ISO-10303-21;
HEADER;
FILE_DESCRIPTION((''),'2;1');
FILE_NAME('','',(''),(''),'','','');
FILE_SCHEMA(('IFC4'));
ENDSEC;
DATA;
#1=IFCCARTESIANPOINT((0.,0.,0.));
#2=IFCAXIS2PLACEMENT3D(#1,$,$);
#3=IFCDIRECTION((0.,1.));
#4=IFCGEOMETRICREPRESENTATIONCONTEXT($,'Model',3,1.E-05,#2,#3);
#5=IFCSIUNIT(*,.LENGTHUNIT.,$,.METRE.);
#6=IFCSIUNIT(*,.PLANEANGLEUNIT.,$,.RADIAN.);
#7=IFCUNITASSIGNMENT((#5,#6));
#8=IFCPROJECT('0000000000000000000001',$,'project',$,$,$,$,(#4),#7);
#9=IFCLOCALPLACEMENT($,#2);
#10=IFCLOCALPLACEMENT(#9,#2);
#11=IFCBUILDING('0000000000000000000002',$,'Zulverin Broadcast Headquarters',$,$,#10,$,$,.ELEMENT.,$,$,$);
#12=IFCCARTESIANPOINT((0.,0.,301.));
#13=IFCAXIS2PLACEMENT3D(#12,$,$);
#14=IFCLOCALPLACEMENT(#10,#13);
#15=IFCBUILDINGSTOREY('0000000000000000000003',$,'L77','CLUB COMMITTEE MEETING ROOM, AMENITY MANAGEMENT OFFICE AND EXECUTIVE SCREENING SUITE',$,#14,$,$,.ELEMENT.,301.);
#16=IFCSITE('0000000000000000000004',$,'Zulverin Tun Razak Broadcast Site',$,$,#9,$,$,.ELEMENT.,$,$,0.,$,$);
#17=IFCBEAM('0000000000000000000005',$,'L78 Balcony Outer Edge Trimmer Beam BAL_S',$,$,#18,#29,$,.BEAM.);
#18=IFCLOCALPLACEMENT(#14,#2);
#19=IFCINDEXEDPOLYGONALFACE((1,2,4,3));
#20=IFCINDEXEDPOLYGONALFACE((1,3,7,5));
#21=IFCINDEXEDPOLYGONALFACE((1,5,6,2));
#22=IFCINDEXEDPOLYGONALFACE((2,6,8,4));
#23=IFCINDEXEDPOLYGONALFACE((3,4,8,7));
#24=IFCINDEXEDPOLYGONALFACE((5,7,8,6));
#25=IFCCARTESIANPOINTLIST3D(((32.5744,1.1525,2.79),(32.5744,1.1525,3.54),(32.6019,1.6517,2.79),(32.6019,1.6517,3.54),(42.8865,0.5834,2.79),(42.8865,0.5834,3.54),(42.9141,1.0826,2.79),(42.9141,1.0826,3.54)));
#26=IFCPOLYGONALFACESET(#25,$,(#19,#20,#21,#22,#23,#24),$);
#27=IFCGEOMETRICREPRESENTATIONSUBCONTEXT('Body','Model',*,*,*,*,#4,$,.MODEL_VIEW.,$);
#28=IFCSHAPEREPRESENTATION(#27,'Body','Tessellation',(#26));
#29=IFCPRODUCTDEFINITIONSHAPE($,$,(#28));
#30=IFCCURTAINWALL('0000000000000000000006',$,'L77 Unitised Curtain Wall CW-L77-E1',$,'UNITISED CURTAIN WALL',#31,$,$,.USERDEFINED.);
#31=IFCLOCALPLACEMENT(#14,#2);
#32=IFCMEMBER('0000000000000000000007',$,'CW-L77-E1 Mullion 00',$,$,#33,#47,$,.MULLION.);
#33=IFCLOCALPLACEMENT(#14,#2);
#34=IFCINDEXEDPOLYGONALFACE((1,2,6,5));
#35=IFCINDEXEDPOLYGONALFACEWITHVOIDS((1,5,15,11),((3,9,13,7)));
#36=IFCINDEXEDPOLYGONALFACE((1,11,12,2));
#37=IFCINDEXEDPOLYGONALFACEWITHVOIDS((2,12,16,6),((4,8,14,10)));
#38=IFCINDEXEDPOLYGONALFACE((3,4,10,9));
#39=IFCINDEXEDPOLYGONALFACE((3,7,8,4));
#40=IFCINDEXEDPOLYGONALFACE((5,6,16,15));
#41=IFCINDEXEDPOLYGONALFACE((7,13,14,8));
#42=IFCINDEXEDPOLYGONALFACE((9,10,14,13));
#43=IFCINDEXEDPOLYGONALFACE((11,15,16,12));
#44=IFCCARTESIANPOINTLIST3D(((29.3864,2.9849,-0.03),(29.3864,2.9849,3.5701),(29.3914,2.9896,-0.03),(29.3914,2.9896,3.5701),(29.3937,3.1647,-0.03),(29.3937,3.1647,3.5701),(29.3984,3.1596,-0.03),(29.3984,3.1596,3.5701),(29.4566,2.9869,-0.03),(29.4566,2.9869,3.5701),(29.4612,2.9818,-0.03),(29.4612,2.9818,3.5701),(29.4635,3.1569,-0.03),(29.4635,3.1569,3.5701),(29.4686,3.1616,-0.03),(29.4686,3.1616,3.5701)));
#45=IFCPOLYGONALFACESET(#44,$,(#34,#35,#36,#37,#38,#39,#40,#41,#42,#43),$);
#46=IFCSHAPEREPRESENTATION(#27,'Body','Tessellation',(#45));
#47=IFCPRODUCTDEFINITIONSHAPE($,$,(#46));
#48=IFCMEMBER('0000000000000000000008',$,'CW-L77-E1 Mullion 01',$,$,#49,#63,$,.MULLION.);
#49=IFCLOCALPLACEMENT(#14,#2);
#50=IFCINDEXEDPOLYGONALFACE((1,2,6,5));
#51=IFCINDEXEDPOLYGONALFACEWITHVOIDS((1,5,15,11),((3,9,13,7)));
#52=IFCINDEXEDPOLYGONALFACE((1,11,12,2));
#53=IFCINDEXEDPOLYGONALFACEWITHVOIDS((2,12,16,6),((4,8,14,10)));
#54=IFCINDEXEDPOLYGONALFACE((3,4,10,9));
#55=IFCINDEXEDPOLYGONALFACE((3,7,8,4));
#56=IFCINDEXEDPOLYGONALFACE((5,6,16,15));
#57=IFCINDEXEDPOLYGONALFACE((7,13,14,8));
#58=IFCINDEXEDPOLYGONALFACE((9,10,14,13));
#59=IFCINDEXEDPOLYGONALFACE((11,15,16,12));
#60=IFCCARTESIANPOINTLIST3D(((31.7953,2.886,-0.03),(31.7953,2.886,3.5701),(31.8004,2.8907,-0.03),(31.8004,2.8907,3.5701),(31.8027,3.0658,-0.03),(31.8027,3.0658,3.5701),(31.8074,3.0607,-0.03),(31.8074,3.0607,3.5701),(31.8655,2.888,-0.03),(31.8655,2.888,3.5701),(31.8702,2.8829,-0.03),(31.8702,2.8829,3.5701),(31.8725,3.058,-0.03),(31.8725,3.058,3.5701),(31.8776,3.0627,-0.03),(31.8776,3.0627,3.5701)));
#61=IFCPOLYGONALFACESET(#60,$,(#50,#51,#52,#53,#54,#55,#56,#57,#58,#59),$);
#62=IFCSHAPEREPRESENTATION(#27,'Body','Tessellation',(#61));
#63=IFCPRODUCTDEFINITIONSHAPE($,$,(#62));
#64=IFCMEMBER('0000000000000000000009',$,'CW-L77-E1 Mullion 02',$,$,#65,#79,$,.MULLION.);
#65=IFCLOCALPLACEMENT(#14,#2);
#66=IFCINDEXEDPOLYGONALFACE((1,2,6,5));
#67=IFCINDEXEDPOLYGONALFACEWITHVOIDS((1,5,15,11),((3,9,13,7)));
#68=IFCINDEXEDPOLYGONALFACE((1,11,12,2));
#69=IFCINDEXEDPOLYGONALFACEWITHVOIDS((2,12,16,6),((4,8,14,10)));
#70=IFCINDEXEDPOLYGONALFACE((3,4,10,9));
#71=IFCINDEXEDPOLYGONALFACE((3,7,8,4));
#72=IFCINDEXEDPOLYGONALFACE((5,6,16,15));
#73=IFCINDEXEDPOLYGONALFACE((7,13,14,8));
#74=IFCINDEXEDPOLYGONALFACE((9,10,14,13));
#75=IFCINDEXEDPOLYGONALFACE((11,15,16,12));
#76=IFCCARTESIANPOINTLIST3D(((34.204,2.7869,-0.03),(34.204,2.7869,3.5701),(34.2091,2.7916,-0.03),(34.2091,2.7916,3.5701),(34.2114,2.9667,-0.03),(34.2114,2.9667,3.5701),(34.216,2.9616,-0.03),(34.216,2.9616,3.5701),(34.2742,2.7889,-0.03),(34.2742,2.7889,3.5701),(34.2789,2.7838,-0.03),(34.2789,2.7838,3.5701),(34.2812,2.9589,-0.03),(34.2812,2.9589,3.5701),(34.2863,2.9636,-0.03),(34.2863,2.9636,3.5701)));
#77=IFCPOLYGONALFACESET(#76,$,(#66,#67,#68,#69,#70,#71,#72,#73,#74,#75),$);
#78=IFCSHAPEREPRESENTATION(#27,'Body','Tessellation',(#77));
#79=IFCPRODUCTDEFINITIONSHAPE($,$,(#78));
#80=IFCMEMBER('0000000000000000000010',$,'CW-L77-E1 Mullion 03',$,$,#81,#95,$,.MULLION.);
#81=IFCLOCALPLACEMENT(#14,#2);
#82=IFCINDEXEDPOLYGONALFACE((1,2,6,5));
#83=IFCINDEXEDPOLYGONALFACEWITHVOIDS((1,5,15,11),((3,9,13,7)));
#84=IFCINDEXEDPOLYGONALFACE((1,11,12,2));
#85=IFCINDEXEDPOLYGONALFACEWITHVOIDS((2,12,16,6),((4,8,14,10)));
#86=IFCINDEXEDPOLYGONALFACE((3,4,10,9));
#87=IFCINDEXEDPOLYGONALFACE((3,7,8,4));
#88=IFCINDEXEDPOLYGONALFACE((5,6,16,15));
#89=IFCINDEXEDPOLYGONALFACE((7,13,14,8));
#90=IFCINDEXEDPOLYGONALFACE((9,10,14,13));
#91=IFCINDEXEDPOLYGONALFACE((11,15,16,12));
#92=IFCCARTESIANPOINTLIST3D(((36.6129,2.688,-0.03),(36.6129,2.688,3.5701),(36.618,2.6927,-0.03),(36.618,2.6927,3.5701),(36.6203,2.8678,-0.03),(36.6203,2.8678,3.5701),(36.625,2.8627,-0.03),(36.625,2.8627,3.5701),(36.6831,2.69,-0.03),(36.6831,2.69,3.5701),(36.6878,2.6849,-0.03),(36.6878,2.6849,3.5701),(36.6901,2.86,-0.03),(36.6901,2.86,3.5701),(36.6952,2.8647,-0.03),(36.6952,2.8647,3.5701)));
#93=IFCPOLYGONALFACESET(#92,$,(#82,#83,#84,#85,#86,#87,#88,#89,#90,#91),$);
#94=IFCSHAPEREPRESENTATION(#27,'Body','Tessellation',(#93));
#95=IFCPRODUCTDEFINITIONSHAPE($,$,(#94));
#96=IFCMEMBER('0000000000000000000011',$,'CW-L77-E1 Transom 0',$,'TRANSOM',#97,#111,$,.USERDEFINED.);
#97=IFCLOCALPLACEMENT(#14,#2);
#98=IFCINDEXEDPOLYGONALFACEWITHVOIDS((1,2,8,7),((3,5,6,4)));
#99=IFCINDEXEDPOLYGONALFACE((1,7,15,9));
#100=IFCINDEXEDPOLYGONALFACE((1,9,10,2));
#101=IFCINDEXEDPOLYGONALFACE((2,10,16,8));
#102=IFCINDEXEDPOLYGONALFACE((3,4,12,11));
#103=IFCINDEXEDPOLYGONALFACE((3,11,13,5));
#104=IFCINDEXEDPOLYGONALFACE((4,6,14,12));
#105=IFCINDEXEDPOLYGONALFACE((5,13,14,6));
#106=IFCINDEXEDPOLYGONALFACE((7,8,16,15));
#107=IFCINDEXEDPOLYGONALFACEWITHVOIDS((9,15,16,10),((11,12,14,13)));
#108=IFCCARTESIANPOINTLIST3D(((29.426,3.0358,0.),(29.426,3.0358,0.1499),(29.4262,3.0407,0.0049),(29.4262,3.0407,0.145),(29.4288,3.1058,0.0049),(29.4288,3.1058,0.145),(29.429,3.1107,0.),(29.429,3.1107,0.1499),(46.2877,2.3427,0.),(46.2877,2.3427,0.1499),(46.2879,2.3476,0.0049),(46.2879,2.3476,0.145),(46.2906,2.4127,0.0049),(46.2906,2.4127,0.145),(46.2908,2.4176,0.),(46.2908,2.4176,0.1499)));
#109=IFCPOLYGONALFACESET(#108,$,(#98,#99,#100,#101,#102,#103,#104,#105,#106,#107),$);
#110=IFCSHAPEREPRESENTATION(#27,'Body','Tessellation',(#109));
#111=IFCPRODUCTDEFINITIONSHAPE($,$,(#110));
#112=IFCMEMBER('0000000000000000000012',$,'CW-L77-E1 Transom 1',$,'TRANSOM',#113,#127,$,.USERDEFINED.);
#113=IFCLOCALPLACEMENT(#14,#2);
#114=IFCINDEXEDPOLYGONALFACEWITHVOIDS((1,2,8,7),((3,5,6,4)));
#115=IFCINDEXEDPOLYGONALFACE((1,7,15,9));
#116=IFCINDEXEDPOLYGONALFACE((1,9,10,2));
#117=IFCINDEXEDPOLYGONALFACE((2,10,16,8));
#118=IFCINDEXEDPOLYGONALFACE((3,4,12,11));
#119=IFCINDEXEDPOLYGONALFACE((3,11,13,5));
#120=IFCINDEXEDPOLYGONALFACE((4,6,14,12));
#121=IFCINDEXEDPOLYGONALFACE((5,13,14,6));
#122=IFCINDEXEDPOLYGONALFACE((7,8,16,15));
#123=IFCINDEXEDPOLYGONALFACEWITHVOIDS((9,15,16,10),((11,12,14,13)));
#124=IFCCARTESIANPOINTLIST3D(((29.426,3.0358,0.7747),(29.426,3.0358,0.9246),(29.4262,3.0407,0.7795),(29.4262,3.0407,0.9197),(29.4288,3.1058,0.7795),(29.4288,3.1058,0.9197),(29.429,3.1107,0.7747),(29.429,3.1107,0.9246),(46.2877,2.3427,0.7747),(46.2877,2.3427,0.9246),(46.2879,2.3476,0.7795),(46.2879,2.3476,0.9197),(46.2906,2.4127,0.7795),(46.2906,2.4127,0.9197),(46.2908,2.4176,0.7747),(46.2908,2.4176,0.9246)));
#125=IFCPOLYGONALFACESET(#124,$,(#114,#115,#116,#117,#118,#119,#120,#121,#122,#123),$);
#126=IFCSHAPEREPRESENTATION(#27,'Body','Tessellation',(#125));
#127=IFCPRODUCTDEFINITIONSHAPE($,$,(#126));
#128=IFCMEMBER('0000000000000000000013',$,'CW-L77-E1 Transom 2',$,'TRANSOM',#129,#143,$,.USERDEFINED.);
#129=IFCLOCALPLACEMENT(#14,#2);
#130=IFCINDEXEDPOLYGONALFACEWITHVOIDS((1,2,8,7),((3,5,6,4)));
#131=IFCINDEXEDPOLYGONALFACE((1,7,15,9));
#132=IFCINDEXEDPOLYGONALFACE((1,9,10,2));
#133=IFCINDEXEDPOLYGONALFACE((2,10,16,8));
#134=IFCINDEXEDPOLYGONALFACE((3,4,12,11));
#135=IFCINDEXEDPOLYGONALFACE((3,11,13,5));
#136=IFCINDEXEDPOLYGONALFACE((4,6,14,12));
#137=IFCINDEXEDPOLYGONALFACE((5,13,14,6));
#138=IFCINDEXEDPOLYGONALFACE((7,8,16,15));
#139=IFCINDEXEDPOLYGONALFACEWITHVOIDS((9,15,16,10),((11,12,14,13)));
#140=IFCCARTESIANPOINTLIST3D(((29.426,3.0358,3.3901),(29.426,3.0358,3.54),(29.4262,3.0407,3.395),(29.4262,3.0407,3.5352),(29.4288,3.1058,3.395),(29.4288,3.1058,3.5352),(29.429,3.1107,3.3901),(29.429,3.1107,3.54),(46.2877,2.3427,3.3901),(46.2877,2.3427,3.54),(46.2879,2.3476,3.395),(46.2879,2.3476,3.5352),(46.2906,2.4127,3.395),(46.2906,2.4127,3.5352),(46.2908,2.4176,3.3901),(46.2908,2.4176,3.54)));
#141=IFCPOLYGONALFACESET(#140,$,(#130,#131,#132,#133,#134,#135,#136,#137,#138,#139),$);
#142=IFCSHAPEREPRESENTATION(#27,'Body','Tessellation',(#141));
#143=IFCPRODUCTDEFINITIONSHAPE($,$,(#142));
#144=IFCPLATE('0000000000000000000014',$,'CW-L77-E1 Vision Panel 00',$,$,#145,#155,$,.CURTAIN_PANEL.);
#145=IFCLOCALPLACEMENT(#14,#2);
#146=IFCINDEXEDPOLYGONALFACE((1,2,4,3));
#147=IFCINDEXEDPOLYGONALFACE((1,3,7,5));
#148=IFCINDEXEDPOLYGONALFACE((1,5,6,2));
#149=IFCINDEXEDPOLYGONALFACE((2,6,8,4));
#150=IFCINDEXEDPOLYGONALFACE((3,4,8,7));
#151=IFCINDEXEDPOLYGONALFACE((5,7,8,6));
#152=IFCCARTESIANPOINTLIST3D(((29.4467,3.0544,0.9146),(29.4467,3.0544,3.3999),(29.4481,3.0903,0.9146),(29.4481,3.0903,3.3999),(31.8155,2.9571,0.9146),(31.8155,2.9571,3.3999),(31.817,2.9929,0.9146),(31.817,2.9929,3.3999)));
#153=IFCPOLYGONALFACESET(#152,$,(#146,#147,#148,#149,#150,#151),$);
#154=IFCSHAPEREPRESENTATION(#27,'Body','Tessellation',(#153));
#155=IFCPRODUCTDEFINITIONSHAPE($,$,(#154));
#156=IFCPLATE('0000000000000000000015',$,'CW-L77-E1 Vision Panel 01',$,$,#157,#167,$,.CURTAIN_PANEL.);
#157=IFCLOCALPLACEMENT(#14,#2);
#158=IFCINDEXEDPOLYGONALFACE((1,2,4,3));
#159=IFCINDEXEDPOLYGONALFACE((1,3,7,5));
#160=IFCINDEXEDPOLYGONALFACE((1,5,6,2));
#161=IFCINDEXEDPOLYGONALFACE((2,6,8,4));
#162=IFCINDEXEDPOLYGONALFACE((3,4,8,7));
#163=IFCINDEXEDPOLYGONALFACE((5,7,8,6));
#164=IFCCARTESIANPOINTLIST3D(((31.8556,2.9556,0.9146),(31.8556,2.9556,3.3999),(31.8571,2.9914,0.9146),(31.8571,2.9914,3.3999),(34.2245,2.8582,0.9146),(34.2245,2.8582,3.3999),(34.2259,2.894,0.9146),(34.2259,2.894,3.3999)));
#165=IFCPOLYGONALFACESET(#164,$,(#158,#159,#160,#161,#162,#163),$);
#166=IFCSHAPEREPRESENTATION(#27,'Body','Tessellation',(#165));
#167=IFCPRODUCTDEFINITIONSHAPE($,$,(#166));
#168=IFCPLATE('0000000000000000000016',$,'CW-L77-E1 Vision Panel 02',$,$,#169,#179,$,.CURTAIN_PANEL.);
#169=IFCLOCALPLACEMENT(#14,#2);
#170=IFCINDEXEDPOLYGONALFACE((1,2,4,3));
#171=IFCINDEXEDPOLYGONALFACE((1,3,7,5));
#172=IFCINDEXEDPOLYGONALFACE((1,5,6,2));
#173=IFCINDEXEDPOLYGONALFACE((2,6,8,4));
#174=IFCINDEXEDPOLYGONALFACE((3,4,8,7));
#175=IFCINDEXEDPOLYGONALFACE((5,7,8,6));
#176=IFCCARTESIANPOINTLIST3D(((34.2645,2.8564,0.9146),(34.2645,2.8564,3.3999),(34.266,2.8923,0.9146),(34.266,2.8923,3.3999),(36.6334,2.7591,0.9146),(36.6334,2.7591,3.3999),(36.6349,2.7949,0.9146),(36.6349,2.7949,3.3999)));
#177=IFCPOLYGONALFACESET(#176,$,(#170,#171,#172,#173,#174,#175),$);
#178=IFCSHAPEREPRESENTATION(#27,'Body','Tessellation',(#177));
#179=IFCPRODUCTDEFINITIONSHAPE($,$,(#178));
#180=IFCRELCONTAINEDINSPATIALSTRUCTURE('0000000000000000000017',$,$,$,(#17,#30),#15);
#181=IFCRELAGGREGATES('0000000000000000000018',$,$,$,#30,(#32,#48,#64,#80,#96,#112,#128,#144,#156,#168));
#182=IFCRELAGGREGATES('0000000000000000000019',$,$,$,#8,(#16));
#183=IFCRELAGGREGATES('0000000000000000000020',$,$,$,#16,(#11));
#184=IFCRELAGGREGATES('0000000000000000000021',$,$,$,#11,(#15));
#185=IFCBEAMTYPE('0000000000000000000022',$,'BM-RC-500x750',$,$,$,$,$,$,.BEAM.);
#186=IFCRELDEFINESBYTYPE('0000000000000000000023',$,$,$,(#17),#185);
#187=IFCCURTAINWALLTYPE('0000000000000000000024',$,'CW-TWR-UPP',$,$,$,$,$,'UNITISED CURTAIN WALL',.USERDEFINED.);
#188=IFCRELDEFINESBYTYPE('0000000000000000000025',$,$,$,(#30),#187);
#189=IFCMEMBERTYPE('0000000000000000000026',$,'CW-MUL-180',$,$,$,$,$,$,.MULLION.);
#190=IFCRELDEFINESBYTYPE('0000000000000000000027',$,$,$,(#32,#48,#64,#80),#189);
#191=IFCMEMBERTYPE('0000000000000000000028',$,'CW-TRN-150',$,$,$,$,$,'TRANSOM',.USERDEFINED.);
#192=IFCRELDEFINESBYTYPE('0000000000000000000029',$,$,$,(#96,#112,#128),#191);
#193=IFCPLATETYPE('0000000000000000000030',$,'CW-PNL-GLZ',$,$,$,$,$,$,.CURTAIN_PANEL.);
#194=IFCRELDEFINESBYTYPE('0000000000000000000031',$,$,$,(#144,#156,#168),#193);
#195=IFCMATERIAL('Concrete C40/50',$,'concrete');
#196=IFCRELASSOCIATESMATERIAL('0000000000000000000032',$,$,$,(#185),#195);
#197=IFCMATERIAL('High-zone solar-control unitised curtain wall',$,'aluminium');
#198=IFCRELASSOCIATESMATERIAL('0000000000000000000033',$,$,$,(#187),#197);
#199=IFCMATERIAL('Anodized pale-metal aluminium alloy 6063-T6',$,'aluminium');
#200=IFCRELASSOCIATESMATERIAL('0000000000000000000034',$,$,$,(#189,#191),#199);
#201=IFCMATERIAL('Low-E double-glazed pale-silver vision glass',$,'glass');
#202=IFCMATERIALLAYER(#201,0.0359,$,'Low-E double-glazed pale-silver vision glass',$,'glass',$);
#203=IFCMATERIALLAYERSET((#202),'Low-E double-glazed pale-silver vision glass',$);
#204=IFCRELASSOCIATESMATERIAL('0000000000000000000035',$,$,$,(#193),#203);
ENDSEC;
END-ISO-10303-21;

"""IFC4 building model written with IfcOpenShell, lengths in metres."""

from ifc_helpers import new_model, si_unit, direction, frame, origin, origin_2d, place, context, subcontext, project, spatial, rectangle, hollow_rectangle, extrude, material, layer, layer_set, material_profile, profile_set, type_object, element, aggregate, save


model = new_model("IFC4")

# Units and contexts
model_context = context("Model", 3, precision=1e-05, world=origin(), true_north=direction((0.0, 1.0)))
body_context = subcontext(model_context, "Body", "Model", "MODEL_VIEW")
ifc_project = project(units=[si_unit("LENGTHUNIT", "METRE"), si_unit("PLANEANGLEUNIT", "RADIAN")], contexts=[model_context])

# Site, building, storey
site_placement = place(None, origin())
site = spatial("IfcSite", under=ifc_project, at=site_placement, Name="Zulverin Tun Razak Broadcast Site", CompositionType="ELEMENT", RefElevation=0.0)
building_placement = place(site_placement, origin())
building = spatial("IfcBuilding", under=site, at=building_placement, Name="Zulverin Broadcast Headquarters", CompositionType="ELEMENT")
storey_placement = place(building_placement, frame((0.0, 0.0, 301.0)))
storey = spatial("IfcBuildingStorey", under=building, at=storey_placement, Name="L77", Description="CLUB COMMITTEE MEETING ROOM, AMENITY MANAGEMENT OFFICE AND EXECUTIVE SCREENING SUITE", CompositionType="ELEMENT", Elevation=301.0)

# Beam
ifc_material_1 = material(Name="Concrete C40/50", Category="concrete")
ifc_material_profile_1 = material_profile(ifc_material_1, rectangle(XDim=0.5, YDim=0.75, at=origin_2d()), Name="Concrete C40/50", Category="concrete")
ifc_profile_set_1 = profile_set([ifc_material_profile_1], Name="Concrete C40/50")
beam_type = type_object("IfcBeamType", Name="BM-RC-500x750", PredefinedType="BEAM", material=ifc_profile_set_1)
beam_placement = place(storey_placement, frame((32.5881, 1.4021, 3.165), z_axis=(0.998481, -0.055102, 0.0), x_axis=(0.055102, 0.998481, 0.0)))
element("IfcBeam", 1, at=beam_placement, inside=storey, type_object=beam_type, Name="L78 Balcony Outer Edge Trimmer Beam BAL_S", PredefinedType="BEAM", context=body_context, shape_type="SweptSolid", body=[
    extrude(rectangle(XDim=0.5, YDim=0.75, at=origin_2d()), origin(), (0.0, 0.0, 1.0), 10.3279),
])

# Curtain wall, members, plates
ifc_material_2 = material(Name="High-zone solar-control unitised curtain wall", Category="aluminium")
curtain_wall_type = type_object("IfcCurtainWallType", Name="CW-TWR-UPP", ElementType="UNITISED CURTAIN WALL", PredefinedType="USERDEFINED", material=ifc_material_2)
curtain_wall_placement = place(storey_placement, origin())
curtain_wall = element("IfcCurtainWall", 2, at=curtain_wall_placement, inside=storey, type_object=curtain_wall_type, Name="L77 Unitised Curtain Wall CW-L77-E1", ObjectType="UNITISED CURTAIN WALL", PredefinedType="USERDEFINED")
ifc_material_3 = material(Name="Anodized pale-metal aluminium alloy 6063-T6", Category="aluminium")
ifc_material_profile_2 = material_profile(ifc_material_3, hollow_rectangle(XDim=0.075, YDim=0.1799, WallThickness=0.0049, at=origin_2d()), Name="Anodized pale-metal aluminium alloy 6063-T6", Category="aluminium")
ifc_profile_set_2 = profile_set([ifc_material_profile_2], Name="Anodized pale-metal aluminium alloy 6063-T6")
member_type_1 = type_object("IfcMemberType", Name="CW-MUL-180", PredefinedType="MULLION", material=ifc_profile_set_2)
member_1_placement = place(storey_placement, frame((29.4275, 3.0732, -0.03), z_axis=(0.0, 0.0, 1.0), x_axis=(0.999156, -0.04107, 0.0)))
member_1 = element("IfcMember", 3, at=member_1_placement, type_object=member_type_1, Name="CW-L77-E1 Mullion 00", PredefinedType="MULLION", context=body_context, shape_type="SweptSolid", body=[
    extrude(hollow_rectangle(XDim=0.075, YDim=0.1799, WallThickness=0.0049, at=origin_2d()), origin(), (0.0, 0.0, 1.0), 3.6001),
])
member_2_placement = place(storey_placement, frame((31.8364, 2.9744, -0.03), z_axis=(0.0, 0.0, 1.0), x_axis=(0.999156, -0.04107, 0.0)))
member_2 = element("IfcMember", 4, at=member_2_placement, type_object=member_type_1, Name="CW-L77-E1 Mullion 01", PredefinedType="MULLION", context=body_context, shape_type="SweptSolid", body=[
    extrude(hollow_rectangle(XDim=0.075, YDim=0.1799, WallThickness=0.0049, at=origin_2d()), origin(), (0.0, 0.0, 1.0), 3.6001),
])
member_3_placement = place(storey_placement, frame((34.2451, 2.8752, -0.03), z_axis=(0.0, 0.0, 1.0), x_axis=(0.999156, -0.04107, 0.0)))
member_3 = element("IfcMember", 5, at=member_3_placement, type_object=member_type_1, Name="CW-L77-E1 Mullion 02", PredefinedType="MULLION", context=body_context, shape_type="SweptSolid", body=[
    extrude(hollow_rectangle(XDim=0.075, YDim=0.1799, WallThickness=0.0049, at=origin_2d()), origin(), (0.0, 0.0, 1.0), 3.6001),
])
member_4_placement = place(storey_placement, frame((36.6541, 2.7764, -0.03), z_axis=(0.0, 0.0, 1.0), x_axis=(0.999156, -0.04107, 0.0)))
member_4 = element("IfcMember", 6, at=member_4_placement, type_object=member_type_1, Name="CW-L77-E1 Mullion 03", PredefinedType="MULLION", context=body_context, shape_type="SweptSolid", body=[
    extrude(hollow_rectangle(XDim=0.075, YDim=0.1799, WallThickness=0.0049, at=origin_2d()), origin(), (0.0, 0.0, 1.0), 3.6001),
])
ifc_material_profile_3 = material_profile(ifc_material_3, hollow_rectangle(XDim=0.075, YDim=0.1499, WallThickness=0.0049, at=origin_2d()), Name="Anodized pale-metal aluminium alloy 6063-T6", Category="aluminium")
ifc_profile_set_3 = profile_set([ifc_material_profile_3], Name="Anodized pale-metal aluminium alloy 6063-T6")
member_type_2 = type_object("IfcMemberType", Name="CW-TRN-150", ElementType="TRANSOM", PredefinedType="USERDEFINED", material=ifc_profile_set_3)
member_5_placement = place(storey_placement, frame((29.4275, 3.0732, 0.075), z_axis=(0.999156, -0.041071, 0.0), x_axis=(0.041071, 0.999156, 0.0)))
member_5 = element("IfcMember", 7, at=member_5_placement, type_object=member_type_2, Name="CW-L77-E1 Transom 0", ObjectType="TRANSOM", PredefinedType="USERDEFINED", context=body_context, shape_type="SweptSolid", body=[
    extrude(hollow_rectangle(XDim=0.075, YDim=0.1499, WallThickness=0.0049, at=origin_2d()), origin(), (0.0, 0.0, 1.0), 16.876),
])
member_6_placement = place(storey_placement, frame((29.4275, 3.0732, 0.8496), z_axis=(0.999156, -0.041071, 0.0), x_axis=(0.041071, 0.999156, 0.0)))
member_6 = element("IfcMember", 8, at=member_6_placement, type_object=member_type_2, Name="CW-L77-E1 Transom 1", ObjectType="TRANSOM", PredefinedType="USERDEFINED", context=body_context, shape_type="SweptSolid", body=[
    extrude(hollow_rectangle(XDim=0.075, YDim=0.1499, WallThickness=0.0049, at=origin_2d()), origin(), (0.0, 0.0, 1.0), 16.876),
])
member_7_placement = place(storey_placement, frame((29.4275, 3.0732, 3.4651), z_axis=(0.999156, -0.041071, 0.0), x_axis=(0.041071, 0.999156, 0.0)))
member_7 = element("IfcMember", 9, at=member_7_placement, type_object=member_type_2, Name="CW-L77-E1 Transom 2", ObjectType="TRANSOM", PredefinedType="USERDEFINED", context=body_context, shape_type="SweptSolid", body=[
    extrude(hollow_rectangle(XDim=0.075, YDim=0.1499, WallThickness=0.0049, at=origin_2d()), origin(), (0.0, 0.0, 1.0), 16.876),
])
ifc_material_4 = material(Name="Low-E double-glazed pale-silver vision glass", Category="glass")
ifc_layer_1 = layer(ifc_material_4, 0.0359, Name="Low-E double-glazed pale-silver vision glass", Category="glass")
ifc_layer_set_1 = layer_set([ifc_layer_1], Name="Low-E double-glazed pale-silver vision glass")
plate_type_1 = type_object("IfcPlateType", Name="CW-PNL-GLZ", PredefinedType="CURTAIN_PANEL", material=ifc_layer_set_1)
plate_1_placement = place(storey_placement, frame((30.6318, 3.0237, 0.9146), z_axis=(0.0, 0.0, 1.0), x_axis=(0.999156, -0.04107, 0.0)))
plate_1 = element("IfcPlate", 10, at=plate_1_placement, type_object=plate_type_1, Name="CW-L77-E1 Vision Panel 00", PredefinedType="CURTAIN_PANEL", context=body_context, shape_type="SweptSolid", body=[
    extrude(rectangle(XDim=2.3708, YDim=0.0359, at=origin_2d()), origin(), (0.0, 0.0, 1.0), 2.4854),
])
plate_2_placement = place(storey_placement, frame((33.0408, 2.9248, 0.9146), z_axis=(0.0, 0.0, 1.0), x_axis=(0.999156, -0.04107, 0.0)))
plate_2 = element("IfcPlate", 11, at=plate_2_placement, type_object=plate_type_1, Name="CW-L77-E1 Vision Panel 01", PredefinedType="CURTAIN_PANEL", context=body_context, shape_type="SweptSolid", body=[
    extrude(rectangle(XDim=2.3708, YDim=0.0359, at=origin_2d()), origin(), (0.0, 0.0, 1.0), 2.4854),
])
plate_3_placement = place(storey_placement, frame((35.4497, 2.8257, 0.9146), z_axis=(0.0, 0.0, 1.0), x_axis=(0.999156, -0.04107, 0.0)))
plate_3 = element("IfcPlate", 12, at=plate_3_placement, type_object=plate_type_1, Name="CW-L77-E1 Vision Panel 02", PredefinedType="CURTAIN_PANEL", context=body_context, shape_type="SweptSolid", body=[
    extrude(rectangle(XDim=2.3708, YDim=0.0359, at=origin_2d()), origin(), (0.0, 0.0, 1.0), 2.4854),
])
aggregate(curtain_wall, [member_1, member_2, member_3, member_4, member_5, member_6, member_7, plate_1, plate_2, plate_3])

save(model, "model.ifc")
